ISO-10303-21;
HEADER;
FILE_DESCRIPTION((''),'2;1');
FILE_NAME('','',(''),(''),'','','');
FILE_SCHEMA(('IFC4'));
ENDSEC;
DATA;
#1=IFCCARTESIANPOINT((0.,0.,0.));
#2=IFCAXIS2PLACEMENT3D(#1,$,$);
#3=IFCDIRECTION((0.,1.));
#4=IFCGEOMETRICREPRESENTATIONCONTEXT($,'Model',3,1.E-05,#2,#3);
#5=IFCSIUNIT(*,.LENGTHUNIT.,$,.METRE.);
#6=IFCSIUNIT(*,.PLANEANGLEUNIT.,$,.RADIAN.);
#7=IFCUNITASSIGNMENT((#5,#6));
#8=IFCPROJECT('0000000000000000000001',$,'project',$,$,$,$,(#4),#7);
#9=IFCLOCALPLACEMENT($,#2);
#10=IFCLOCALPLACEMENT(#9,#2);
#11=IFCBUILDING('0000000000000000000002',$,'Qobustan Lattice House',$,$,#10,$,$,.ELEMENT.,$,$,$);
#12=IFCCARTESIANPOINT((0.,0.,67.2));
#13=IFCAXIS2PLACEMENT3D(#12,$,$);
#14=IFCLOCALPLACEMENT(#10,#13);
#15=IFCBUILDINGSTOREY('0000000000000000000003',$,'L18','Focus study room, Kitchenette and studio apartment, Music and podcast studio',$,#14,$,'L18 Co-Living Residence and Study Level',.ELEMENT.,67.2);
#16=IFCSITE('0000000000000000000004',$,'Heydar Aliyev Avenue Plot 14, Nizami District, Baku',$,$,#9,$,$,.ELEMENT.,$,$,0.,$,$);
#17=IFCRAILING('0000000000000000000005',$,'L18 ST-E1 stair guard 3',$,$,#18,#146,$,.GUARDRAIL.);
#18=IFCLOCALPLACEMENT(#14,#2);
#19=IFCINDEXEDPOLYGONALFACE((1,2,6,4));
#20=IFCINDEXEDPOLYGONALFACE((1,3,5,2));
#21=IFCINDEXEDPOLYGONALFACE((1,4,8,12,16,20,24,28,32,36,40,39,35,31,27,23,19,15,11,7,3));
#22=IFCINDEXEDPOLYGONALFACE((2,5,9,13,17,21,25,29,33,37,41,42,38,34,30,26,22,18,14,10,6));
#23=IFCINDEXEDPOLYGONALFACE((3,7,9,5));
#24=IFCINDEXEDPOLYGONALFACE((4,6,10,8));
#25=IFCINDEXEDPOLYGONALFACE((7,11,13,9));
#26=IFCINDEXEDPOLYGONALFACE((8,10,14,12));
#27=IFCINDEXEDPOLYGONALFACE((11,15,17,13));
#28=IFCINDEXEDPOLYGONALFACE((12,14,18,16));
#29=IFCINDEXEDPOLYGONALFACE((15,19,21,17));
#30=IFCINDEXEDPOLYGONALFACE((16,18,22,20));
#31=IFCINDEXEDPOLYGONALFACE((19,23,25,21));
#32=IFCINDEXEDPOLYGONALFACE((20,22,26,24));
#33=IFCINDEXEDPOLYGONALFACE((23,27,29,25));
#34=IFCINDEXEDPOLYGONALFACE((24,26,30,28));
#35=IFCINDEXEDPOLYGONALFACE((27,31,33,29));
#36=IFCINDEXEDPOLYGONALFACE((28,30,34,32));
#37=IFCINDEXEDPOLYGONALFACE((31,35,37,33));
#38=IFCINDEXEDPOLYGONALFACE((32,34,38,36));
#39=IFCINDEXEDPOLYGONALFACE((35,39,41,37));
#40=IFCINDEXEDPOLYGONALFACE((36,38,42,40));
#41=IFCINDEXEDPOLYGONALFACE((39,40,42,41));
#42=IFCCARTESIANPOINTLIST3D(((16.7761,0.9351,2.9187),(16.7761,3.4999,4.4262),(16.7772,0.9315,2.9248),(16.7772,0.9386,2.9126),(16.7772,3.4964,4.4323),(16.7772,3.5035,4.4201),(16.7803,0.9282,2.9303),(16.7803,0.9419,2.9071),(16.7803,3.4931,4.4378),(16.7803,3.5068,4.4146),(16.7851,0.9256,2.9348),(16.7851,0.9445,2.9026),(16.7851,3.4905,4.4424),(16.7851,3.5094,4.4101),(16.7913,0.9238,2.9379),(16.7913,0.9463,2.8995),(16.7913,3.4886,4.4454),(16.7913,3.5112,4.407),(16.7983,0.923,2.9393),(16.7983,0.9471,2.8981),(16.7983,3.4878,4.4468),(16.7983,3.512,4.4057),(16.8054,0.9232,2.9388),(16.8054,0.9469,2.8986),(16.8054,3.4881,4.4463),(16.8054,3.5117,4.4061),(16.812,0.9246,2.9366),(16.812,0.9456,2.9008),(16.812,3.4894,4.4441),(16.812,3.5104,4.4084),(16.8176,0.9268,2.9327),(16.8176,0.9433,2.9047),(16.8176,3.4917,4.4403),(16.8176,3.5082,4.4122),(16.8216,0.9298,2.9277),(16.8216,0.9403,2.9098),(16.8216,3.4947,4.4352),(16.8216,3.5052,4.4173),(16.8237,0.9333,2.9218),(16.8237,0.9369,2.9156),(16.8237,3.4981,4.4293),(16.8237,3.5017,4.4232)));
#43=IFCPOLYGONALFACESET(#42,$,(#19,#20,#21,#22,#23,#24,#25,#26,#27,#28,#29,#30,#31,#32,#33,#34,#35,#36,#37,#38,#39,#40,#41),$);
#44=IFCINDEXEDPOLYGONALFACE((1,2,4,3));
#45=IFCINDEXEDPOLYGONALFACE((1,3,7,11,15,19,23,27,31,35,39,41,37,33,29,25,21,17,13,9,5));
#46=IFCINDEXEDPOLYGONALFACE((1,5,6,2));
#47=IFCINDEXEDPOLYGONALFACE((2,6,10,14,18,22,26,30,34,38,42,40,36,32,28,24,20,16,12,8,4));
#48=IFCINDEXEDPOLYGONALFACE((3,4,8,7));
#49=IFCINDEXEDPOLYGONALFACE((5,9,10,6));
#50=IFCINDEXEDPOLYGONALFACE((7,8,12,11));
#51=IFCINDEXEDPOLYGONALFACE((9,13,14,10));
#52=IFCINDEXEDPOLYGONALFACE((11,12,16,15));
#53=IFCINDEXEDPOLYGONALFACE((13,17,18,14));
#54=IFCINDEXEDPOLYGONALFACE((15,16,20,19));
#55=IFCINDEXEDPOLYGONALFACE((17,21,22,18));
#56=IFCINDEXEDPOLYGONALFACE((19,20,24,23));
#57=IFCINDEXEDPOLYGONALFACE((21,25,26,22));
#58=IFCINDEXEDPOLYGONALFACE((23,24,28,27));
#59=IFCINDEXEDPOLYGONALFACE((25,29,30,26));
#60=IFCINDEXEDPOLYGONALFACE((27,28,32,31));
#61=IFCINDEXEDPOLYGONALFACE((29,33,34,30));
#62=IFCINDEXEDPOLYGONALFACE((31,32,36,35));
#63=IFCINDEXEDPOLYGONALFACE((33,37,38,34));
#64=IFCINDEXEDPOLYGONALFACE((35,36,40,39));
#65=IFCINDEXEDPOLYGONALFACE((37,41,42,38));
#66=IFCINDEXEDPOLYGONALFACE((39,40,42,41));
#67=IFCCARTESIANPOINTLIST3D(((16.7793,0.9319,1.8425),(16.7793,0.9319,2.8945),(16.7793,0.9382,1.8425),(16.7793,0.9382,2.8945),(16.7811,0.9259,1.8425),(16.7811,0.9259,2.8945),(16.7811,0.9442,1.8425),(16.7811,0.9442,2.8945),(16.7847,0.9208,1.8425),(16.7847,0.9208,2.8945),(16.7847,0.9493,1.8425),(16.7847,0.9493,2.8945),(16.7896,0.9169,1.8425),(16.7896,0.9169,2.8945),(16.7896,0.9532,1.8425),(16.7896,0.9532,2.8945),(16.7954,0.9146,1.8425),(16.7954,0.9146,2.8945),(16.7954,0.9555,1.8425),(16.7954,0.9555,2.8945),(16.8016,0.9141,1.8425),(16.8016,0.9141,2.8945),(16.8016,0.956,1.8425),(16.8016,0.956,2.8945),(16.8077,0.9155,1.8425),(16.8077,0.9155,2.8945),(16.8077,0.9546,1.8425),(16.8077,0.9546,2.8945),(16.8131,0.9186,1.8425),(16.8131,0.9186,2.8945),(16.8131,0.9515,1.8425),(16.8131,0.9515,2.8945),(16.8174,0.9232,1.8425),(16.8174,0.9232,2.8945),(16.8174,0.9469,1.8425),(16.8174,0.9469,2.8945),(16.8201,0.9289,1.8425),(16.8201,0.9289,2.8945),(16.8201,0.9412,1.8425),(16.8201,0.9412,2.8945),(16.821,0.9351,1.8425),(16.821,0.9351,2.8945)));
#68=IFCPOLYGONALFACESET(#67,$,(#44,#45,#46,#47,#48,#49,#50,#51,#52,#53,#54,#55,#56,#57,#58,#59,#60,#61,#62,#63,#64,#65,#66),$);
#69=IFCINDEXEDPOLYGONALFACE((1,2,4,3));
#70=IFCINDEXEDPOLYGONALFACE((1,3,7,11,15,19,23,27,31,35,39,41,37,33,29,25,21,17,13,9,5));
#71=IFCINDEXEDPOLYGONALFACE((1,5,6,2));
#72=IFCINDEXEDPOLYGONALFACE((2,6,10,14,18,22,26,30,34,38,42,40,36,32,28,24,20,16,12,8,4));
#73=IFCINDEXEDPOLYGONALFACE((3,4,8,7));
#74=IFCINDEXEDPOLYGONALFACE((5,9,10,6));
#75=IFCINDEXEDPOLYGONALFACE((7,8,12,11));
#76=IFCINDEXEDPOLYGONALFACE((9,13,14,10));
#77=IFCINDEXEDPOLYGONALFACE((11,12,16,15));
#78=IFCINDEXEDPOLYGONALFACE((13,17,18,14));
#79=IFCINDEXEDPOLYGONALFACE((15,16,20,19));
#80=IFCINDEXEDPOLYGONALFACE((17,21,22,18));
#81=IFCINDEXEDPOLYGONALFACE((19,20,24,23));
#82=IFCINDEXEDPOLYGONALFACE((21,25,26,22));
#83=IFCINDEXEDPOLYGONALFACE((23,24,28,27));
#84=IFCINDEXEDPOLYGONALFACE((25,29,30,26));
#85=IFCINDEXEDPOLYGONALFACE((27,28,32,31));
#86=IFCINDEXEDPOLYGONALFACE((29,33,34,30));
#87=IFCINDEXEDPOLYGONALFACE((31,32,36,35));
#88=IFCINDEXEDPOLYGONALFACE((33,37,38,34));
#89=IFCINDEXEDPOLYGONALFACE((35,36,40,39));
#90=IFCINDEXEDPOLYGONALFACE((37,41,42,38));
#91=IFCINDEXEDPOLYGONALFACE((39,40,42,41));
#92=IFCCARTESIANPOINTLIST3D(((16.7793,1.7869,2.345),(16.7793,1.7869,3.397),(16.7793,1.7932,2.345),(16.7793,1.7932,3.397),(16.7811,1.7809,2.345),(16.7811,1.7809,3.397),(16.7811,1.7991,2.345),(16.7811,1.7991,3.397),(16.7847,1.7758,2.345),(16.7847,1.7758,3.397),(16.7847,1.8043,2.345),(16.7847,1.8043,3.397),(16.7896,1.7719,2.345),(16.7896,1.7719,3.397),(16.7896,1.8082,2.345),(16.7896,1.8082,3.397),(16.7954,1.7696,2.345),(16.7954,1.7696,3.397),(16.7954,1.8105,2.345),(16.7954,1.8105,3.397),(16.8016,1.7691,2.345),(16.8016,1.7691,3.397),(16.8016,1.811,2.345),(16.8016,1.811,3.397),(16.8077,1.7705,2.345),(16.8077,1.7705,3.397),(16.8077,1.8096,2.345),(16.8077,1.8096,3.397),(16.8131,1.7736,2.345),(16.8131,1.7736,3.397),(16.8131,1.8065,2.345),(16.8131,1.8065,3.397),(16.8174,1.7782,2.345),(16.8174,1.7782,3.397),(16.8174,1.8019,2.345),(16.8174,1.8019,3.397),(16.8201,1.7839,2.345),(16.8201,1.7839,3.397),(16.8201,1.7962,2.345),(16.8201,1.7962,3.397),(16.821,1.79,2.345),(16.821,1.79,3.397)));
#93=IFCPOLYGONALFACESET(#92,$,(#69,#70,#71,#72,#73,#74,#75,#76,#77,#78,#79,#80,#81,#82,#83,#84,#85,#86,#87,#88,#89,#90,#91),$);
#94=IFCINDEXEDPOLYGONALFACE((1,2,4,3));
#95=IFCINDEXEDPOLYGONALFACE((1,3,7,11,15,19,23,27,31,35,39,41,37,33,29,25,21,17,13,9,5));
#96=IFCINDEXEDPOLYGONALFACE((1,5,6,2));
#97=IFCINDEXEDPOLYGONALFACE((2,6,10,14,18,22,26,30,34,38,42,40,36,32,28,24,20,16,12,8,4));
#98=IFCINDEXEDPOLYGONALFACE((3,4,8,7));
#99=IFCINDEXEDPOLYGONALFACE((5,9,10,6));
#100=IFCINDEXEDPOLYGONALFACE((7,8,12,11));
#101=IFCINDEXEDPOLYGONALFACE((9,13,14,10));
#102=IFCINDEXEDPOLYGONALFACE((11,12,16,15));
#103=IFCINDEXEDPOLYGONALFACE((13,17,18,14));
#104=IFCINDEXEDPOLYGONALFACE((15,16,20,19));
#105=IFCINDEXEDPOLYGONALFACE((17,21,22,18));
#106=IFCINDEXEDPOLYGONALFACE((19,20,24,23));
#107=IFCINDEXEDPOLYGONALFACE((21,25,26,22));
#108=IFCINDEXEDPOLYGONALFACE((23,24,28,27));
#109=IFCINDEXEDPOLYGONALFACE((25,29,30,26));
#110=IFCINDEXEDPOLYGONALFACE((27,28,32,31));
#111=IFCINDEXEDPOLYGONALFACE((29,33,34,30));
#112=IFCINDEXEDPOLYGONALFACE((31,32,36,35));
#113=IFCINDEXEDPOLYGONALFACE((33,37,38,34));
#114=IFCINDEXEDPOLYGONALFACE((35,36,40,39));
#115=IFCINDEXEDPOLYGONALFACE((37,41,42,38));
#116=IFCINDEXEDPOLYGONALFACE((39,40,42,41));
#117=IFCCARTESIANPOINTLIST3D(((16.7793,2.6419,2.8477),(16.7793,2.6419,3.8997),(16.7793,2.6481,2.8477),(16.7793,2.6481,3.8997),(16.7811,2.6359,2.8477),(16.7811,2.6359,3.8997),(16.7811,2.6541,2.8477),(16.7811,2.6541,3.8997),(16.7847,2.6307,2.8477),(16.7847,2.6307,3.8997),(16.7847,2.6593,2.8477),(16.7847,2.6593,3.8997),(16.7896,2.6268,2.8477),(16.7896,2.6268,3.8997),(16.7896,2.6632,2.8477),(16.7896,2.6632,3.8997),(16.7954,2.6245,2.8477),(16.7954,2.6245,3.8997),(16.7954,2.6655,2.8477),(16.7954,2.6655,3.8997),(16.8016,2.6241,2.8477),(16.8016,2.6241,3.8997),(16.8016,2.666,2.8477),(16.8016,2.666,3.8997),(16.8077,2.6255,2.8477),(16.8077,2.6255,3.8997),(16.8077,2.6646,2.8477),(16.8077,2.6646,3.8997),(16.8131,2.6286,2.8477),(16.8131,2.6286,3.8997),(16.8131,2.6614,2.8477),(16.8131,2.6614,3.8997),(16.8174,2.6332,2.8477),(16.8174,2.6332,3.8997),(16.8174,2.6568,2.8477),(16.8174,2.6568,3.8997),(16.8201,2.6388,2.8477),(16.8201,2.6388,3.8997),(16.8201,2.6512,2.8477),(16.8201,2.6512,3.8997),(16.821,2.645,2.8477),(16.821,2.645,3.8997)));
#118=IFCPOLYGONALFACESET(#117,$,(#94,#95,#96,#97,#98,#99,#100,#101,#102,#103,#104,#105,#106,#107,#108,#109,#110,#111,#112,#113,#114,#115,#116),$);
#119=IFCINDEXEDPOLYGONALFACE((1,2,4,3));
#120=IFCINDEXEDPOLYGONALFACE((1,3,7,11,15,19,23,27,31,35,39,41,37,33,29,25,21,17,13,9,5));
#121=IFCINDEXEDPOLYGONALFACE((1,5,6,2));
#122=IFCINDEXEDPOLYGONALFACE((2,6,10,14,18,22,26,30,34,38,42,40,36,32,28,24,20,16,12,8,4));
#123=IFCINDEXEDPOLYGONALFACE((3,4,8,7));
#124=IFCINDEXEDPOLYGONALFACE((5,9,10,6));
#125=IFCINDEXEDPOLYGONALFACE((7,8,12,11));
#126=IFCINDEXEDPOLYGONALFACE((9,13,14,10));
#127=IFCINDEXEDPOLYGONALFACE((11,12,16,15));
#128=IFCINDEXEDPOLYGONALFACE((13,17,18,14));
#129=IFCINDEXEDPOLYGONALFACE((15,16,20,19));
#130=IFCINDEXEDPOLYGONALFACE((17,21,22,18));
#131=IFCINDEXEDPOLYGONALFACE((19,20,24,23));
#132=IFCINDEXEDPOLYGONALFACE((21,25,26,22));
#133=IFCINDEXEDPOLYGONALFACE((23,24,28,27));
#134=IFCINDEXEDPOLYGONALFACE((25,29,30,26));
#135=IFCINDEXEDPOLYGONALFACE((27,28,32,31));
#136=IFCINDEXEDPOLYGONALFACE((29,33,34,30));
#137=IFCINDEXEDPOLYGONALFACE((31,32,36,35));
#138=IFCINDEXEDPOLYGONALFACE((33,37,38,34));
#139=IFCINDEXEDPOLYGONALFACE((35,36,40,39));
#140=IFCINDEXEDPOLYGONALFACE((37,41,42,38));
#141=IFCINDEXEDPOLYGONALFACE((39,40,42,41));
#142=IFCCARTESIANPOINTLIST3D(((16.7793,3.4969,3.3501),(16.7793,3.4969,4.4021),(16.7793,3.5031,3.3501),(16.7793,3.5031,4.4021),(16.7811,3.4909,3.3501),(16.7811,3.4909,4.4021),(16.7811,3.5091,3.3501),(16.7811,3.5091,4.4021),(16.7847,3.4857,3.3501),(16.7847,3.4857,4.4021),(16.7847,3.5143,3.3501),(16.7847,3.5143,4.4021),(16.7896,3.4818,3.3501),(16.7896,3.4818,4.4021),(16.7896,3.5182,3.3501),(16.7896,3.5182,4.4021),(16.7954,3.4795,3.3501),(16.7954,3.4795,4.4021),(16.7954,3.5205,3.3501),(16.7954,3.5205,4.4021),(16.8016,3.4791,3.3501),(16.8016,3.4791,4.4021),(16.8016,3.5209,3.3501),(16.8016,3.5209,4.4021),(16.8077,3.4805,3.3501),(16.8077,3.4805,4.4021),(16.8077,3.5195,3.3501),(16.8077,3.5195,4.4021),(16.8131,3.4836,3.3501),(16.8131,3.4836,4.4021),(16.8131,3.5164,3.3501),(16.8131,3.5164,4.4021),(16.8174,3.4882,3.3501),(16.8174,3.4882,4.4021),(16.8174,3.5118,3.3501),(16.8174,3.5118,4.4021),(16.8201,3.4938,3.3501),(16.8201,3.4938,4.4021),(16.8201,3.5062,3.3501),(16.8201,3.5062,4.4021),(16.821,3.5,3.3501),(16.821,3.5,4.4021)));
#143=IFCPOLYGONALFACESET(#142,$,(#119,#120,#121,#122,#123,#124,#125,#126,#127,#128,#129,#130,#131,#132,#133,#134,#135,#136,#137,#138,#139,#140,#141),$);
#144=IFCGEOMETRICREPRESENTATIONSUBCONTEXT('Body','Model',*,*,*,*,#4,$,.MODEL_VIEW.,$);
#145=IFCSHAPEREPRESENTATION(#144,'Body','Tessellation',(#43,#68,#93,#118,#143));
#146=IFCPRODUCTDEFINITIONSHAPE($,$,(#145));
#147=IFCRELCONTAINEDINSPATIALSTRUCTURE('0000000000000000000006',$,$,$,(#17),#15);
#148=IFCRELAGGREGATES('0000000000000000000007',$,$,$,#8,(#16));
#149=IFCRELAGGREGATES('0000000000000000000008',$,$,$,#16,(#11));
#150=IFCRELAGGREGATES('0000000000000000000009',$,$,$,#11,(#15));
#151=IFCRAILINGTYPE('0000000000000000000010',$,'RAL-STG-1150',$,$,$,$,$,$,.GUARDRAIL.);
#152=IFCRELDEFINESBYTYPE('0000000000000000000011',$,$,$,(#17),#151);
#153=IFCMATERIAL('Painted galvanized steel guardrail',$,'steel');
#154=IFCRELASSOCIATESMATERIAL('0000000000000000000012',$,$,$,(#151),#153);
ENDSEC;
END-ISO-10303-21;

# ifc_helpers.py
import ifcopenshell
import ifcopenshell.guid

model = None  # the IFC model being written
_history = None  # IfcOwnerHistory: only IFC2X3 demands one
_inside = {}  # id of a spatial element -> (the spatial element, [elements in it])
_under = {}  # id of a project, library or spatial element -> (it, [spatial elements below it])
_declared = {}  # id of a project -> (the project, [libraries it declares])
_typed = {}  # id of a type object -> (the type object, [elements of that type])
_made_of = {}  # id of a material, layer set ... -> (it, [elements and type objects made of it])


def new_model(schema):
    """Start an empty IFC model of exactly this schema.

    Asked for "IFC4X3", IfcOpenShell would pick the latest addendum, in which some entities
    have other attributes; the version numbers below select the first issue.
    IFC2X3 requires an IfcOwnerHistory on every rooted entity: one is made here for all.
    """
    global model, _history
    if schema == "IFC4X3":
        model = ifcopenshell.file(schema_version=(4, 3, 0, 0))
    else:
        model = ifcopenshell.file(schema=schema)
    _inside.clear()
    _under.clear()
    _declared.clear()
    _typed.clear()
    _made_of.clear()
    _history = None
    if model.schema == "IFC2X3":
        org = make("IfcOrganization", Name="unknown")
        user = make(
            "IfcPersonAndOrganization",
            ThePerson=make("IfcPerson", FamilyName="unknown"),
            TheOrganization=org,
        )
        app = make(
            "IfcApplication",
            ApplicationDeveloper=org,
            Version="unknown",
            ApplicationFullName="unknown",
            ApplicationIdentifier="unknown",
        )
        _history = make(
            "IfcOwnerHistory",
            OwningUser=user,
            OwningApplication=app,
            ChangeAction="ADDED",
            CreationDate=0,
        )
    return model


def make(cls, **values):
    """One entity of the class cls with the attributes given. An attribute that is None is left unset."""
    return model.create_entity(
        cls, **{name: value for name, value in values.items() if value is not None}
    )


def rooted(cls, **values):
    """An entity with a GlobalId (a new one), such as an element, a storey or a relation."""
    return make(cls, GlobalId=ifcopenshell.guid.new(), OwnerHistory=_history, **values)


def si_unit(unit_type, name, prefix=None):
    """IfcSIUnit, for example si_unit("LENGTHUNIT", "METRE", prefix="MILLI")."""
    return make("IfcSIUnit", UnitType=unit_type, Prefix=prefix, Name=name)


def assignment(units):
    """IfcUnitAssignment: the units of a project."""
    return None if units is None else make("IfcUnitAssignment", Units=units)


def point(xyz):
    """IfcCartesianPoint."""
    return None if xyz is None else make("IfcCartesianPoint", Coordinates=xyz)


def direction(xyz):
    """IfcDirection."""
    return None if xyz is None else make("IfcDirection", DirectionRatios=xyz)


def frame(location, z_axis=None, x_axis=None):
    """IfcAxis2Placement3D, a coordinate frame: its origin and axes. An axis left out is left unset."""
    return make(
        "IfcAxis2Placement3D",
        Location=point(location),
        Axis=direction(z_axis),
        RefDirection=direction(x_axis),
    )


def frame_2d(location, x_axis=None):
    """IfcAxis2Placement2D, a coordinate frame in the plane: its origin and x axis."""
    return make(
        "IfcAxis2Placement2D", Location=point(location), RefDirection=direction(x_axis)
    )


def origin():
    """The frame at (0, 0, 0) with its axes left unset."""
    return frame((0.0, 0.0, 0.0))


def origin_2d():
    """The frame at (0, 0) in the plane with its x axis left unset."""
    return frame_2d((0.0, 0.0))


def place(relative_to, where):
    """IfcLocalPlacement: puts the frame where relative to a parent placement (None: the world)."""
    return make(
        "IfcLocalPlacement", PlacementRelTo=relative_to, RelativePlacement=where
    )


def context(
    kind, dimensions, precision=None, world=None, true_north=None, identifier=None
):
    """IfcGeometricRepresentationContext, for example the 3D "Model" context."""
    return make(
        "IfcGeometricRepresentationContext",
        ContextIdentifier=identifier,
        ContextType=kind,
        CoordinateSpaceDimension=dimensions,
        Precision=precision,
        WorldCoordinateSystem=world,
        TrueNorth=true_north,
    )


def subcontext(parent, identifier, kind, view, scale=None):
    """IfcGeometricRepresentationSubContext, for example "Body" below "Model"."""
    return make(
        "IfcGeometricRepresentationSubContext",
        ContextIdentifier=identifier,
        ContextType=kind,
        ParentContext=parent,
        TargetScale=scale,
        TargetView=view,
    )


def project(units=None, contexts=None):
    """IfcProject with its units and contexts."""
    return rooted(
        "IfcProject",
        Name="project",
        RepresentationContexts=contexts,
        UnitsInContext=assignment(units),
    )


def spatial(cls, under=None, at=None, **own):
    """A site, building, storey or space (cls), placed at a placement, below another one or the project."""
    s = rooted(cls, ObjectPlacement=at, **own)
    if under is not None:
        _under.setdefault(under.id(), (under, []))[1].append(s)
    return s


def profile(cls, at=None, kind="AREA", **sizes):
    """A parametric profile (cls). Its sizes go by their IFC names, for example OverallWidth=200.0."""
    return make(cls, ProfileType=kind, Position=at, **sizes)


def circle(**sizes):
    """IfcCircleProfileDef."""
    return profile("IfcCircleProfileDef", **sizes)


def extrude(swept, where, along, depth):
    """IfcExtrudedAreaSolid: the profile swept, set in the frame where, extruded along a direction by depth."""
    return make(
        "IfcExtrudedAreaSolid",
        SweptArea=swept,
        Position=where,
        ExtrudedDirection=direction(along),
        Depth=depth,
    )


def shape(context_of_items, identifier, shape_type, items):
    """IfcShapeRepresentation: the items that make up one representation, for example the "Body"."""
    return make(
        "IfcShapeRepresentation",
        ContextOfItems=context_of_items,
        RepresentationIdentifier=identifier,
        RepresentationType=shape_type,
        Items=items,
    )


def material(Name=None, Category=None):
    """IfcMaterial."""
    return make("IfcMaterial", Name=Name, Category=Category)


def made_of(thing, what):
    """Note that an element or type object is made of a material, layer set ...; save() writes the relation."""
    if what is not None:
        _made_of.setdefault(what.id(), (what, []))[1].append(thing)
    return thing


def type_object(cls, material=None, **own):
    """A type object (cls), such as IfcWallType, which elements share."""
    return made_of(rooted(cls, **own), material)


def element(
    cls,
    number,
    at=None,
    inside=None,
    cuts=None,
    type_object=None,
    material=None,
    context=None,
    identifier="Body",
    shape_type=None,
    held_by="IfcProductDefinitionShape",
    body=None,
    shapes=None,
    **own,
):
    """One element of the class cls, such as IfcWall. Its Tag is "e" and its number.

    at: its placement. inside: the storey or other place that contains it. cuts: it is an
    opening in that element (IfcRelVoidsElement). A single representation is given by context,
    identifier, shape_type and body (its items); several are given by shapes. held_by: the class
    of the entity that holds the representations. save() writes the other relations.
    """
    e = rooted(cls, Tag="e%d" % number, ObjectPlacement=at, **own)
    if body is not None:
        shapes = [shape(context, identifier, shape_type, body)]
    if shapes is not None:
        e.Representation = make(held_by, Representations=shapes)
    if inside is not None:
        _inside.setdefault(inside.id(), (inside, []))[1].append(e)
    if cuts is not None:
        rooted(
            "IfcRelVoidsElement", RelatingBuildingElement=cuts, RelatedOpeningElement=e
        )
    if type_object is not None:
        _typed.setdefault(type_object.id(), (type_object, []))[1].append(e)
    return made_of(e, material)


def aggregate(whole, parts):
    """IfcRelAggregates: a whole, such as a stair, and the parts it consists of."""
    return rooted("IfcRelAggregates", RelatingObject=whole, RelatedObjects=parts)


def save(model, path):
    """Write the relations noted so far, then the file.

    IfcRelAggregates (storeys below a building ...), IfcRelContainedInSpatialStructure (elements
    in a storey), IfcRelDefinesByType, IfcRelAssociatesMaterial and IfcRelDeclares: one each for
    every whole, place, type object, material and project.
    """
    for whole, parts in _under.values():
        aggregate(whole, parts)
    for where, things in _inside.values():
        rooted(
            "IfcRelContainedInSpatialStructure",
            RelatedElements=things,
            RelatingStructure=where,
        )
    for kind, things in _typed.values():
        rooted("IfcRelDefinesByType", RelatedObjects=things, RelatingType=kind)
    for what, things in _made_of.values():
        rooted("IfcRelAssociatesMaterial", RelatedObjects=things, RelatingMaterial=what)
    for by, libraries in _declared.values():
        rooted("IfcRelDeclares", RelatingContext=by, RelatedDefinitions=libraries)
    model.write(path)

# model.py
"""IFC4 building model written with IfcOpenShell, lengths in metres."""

from ifc_helpers import new_model, si_unit, direction, frame, origin, origin_2d, place, context, subcontext, project, spatial, circle, extrude, material, type_object, element, save


model = new_model("IFC4")

# Units and contexts
model_context = context("Model", 3, precision=1e-05, world=origin(), true_north=direction((0.0, 1.0)))
body_context = subcontext(model_context, "Body", "Model", "MODEL_VIEW")
ifc_project = project(units=[si_unit("LENGTHUNIT", "METRE"), si_unit("PLANEANGLEUNIT", "RADIAN")], contexts=[model_context])

# Site, building, storey
site_placement = place(None, origin())
site = spatial("IfcSite", under=ifc_project, at=site_placement, Name="Heydar Aliyev Avenue Plot 14, Nizami District, Baku", CompositionType="ELEMENT", RefElevation=0.0)
building_placement = place(site_placement, origin())
building = spatial("IfcBuilding", under=site, at=building_placement, Name="Qobustan Lattice House", CompositionType="ELEMENT")
storey_placement = place(building_placement, frame((0.0, 0.0, 67.2)))
storey = spatial("IfcBuildingStorey", under=building, at=storey_placement, Name="L18", Description="Focus study room, Kitchenette and studio apartment, Music and podcast studio", LongName="L18 Co-Living Residence and Study Level", CompositionType="ELEMENT", Elevation=67.2)

# Railing
ifc_material_1 = material(Name="Painted galvanized steel guardrail", Category="steel")
railing_type_1 = type_object("IfcRailingType", Name="RAL-STG-1150", PredefinedType="GUARDRAIL", material=ifc_material_1)
railing_1_placement = place(storey_placement, frame((16.8, 0.9351, 1.8425)))
element("IfcRailing", 1, at=railing_1_placement, inside=storey, type_object=railing_type_1, Name="L18 ST-E1 stair guard 3", PredefinedType="GUARDRAIL", context=body_context, shape_type="SweptSolid", body=[
    extrude(circle(Radius=0.0239, at=origin_2d()), frame((0.0, 0.0, 1.0762), z_axis=(0.0, 0.862113, 0.506715), x_axis=(-1.0, 0.0, 0.0)), (0.0, 0.0, 1.0), 2.9751),
    extrude(circle(Radius=0.021, at=origin_2d()), origin(), (0.0, 0.0, 1.0), 1.052),
    extrude(circle(Radius=0.021, at=origin_2d()), frame((0.0, 0.855, 0.5024)), (0.0, 0.0, 1.0), 1.052),
    extrude(circle(Radius=0.021, at=origin_2d()), frame((0.0, 1.71, 1.0051)), (0.0, 0.0, 1.0), 1.052),
    extrude(circle(Radius=0.021, at=origin_2d()), frame((0.0, 2.5649, 1.5076)), (0.0, 0.0, 1.0), 1.052),
])

save(model, "model.ifc")
